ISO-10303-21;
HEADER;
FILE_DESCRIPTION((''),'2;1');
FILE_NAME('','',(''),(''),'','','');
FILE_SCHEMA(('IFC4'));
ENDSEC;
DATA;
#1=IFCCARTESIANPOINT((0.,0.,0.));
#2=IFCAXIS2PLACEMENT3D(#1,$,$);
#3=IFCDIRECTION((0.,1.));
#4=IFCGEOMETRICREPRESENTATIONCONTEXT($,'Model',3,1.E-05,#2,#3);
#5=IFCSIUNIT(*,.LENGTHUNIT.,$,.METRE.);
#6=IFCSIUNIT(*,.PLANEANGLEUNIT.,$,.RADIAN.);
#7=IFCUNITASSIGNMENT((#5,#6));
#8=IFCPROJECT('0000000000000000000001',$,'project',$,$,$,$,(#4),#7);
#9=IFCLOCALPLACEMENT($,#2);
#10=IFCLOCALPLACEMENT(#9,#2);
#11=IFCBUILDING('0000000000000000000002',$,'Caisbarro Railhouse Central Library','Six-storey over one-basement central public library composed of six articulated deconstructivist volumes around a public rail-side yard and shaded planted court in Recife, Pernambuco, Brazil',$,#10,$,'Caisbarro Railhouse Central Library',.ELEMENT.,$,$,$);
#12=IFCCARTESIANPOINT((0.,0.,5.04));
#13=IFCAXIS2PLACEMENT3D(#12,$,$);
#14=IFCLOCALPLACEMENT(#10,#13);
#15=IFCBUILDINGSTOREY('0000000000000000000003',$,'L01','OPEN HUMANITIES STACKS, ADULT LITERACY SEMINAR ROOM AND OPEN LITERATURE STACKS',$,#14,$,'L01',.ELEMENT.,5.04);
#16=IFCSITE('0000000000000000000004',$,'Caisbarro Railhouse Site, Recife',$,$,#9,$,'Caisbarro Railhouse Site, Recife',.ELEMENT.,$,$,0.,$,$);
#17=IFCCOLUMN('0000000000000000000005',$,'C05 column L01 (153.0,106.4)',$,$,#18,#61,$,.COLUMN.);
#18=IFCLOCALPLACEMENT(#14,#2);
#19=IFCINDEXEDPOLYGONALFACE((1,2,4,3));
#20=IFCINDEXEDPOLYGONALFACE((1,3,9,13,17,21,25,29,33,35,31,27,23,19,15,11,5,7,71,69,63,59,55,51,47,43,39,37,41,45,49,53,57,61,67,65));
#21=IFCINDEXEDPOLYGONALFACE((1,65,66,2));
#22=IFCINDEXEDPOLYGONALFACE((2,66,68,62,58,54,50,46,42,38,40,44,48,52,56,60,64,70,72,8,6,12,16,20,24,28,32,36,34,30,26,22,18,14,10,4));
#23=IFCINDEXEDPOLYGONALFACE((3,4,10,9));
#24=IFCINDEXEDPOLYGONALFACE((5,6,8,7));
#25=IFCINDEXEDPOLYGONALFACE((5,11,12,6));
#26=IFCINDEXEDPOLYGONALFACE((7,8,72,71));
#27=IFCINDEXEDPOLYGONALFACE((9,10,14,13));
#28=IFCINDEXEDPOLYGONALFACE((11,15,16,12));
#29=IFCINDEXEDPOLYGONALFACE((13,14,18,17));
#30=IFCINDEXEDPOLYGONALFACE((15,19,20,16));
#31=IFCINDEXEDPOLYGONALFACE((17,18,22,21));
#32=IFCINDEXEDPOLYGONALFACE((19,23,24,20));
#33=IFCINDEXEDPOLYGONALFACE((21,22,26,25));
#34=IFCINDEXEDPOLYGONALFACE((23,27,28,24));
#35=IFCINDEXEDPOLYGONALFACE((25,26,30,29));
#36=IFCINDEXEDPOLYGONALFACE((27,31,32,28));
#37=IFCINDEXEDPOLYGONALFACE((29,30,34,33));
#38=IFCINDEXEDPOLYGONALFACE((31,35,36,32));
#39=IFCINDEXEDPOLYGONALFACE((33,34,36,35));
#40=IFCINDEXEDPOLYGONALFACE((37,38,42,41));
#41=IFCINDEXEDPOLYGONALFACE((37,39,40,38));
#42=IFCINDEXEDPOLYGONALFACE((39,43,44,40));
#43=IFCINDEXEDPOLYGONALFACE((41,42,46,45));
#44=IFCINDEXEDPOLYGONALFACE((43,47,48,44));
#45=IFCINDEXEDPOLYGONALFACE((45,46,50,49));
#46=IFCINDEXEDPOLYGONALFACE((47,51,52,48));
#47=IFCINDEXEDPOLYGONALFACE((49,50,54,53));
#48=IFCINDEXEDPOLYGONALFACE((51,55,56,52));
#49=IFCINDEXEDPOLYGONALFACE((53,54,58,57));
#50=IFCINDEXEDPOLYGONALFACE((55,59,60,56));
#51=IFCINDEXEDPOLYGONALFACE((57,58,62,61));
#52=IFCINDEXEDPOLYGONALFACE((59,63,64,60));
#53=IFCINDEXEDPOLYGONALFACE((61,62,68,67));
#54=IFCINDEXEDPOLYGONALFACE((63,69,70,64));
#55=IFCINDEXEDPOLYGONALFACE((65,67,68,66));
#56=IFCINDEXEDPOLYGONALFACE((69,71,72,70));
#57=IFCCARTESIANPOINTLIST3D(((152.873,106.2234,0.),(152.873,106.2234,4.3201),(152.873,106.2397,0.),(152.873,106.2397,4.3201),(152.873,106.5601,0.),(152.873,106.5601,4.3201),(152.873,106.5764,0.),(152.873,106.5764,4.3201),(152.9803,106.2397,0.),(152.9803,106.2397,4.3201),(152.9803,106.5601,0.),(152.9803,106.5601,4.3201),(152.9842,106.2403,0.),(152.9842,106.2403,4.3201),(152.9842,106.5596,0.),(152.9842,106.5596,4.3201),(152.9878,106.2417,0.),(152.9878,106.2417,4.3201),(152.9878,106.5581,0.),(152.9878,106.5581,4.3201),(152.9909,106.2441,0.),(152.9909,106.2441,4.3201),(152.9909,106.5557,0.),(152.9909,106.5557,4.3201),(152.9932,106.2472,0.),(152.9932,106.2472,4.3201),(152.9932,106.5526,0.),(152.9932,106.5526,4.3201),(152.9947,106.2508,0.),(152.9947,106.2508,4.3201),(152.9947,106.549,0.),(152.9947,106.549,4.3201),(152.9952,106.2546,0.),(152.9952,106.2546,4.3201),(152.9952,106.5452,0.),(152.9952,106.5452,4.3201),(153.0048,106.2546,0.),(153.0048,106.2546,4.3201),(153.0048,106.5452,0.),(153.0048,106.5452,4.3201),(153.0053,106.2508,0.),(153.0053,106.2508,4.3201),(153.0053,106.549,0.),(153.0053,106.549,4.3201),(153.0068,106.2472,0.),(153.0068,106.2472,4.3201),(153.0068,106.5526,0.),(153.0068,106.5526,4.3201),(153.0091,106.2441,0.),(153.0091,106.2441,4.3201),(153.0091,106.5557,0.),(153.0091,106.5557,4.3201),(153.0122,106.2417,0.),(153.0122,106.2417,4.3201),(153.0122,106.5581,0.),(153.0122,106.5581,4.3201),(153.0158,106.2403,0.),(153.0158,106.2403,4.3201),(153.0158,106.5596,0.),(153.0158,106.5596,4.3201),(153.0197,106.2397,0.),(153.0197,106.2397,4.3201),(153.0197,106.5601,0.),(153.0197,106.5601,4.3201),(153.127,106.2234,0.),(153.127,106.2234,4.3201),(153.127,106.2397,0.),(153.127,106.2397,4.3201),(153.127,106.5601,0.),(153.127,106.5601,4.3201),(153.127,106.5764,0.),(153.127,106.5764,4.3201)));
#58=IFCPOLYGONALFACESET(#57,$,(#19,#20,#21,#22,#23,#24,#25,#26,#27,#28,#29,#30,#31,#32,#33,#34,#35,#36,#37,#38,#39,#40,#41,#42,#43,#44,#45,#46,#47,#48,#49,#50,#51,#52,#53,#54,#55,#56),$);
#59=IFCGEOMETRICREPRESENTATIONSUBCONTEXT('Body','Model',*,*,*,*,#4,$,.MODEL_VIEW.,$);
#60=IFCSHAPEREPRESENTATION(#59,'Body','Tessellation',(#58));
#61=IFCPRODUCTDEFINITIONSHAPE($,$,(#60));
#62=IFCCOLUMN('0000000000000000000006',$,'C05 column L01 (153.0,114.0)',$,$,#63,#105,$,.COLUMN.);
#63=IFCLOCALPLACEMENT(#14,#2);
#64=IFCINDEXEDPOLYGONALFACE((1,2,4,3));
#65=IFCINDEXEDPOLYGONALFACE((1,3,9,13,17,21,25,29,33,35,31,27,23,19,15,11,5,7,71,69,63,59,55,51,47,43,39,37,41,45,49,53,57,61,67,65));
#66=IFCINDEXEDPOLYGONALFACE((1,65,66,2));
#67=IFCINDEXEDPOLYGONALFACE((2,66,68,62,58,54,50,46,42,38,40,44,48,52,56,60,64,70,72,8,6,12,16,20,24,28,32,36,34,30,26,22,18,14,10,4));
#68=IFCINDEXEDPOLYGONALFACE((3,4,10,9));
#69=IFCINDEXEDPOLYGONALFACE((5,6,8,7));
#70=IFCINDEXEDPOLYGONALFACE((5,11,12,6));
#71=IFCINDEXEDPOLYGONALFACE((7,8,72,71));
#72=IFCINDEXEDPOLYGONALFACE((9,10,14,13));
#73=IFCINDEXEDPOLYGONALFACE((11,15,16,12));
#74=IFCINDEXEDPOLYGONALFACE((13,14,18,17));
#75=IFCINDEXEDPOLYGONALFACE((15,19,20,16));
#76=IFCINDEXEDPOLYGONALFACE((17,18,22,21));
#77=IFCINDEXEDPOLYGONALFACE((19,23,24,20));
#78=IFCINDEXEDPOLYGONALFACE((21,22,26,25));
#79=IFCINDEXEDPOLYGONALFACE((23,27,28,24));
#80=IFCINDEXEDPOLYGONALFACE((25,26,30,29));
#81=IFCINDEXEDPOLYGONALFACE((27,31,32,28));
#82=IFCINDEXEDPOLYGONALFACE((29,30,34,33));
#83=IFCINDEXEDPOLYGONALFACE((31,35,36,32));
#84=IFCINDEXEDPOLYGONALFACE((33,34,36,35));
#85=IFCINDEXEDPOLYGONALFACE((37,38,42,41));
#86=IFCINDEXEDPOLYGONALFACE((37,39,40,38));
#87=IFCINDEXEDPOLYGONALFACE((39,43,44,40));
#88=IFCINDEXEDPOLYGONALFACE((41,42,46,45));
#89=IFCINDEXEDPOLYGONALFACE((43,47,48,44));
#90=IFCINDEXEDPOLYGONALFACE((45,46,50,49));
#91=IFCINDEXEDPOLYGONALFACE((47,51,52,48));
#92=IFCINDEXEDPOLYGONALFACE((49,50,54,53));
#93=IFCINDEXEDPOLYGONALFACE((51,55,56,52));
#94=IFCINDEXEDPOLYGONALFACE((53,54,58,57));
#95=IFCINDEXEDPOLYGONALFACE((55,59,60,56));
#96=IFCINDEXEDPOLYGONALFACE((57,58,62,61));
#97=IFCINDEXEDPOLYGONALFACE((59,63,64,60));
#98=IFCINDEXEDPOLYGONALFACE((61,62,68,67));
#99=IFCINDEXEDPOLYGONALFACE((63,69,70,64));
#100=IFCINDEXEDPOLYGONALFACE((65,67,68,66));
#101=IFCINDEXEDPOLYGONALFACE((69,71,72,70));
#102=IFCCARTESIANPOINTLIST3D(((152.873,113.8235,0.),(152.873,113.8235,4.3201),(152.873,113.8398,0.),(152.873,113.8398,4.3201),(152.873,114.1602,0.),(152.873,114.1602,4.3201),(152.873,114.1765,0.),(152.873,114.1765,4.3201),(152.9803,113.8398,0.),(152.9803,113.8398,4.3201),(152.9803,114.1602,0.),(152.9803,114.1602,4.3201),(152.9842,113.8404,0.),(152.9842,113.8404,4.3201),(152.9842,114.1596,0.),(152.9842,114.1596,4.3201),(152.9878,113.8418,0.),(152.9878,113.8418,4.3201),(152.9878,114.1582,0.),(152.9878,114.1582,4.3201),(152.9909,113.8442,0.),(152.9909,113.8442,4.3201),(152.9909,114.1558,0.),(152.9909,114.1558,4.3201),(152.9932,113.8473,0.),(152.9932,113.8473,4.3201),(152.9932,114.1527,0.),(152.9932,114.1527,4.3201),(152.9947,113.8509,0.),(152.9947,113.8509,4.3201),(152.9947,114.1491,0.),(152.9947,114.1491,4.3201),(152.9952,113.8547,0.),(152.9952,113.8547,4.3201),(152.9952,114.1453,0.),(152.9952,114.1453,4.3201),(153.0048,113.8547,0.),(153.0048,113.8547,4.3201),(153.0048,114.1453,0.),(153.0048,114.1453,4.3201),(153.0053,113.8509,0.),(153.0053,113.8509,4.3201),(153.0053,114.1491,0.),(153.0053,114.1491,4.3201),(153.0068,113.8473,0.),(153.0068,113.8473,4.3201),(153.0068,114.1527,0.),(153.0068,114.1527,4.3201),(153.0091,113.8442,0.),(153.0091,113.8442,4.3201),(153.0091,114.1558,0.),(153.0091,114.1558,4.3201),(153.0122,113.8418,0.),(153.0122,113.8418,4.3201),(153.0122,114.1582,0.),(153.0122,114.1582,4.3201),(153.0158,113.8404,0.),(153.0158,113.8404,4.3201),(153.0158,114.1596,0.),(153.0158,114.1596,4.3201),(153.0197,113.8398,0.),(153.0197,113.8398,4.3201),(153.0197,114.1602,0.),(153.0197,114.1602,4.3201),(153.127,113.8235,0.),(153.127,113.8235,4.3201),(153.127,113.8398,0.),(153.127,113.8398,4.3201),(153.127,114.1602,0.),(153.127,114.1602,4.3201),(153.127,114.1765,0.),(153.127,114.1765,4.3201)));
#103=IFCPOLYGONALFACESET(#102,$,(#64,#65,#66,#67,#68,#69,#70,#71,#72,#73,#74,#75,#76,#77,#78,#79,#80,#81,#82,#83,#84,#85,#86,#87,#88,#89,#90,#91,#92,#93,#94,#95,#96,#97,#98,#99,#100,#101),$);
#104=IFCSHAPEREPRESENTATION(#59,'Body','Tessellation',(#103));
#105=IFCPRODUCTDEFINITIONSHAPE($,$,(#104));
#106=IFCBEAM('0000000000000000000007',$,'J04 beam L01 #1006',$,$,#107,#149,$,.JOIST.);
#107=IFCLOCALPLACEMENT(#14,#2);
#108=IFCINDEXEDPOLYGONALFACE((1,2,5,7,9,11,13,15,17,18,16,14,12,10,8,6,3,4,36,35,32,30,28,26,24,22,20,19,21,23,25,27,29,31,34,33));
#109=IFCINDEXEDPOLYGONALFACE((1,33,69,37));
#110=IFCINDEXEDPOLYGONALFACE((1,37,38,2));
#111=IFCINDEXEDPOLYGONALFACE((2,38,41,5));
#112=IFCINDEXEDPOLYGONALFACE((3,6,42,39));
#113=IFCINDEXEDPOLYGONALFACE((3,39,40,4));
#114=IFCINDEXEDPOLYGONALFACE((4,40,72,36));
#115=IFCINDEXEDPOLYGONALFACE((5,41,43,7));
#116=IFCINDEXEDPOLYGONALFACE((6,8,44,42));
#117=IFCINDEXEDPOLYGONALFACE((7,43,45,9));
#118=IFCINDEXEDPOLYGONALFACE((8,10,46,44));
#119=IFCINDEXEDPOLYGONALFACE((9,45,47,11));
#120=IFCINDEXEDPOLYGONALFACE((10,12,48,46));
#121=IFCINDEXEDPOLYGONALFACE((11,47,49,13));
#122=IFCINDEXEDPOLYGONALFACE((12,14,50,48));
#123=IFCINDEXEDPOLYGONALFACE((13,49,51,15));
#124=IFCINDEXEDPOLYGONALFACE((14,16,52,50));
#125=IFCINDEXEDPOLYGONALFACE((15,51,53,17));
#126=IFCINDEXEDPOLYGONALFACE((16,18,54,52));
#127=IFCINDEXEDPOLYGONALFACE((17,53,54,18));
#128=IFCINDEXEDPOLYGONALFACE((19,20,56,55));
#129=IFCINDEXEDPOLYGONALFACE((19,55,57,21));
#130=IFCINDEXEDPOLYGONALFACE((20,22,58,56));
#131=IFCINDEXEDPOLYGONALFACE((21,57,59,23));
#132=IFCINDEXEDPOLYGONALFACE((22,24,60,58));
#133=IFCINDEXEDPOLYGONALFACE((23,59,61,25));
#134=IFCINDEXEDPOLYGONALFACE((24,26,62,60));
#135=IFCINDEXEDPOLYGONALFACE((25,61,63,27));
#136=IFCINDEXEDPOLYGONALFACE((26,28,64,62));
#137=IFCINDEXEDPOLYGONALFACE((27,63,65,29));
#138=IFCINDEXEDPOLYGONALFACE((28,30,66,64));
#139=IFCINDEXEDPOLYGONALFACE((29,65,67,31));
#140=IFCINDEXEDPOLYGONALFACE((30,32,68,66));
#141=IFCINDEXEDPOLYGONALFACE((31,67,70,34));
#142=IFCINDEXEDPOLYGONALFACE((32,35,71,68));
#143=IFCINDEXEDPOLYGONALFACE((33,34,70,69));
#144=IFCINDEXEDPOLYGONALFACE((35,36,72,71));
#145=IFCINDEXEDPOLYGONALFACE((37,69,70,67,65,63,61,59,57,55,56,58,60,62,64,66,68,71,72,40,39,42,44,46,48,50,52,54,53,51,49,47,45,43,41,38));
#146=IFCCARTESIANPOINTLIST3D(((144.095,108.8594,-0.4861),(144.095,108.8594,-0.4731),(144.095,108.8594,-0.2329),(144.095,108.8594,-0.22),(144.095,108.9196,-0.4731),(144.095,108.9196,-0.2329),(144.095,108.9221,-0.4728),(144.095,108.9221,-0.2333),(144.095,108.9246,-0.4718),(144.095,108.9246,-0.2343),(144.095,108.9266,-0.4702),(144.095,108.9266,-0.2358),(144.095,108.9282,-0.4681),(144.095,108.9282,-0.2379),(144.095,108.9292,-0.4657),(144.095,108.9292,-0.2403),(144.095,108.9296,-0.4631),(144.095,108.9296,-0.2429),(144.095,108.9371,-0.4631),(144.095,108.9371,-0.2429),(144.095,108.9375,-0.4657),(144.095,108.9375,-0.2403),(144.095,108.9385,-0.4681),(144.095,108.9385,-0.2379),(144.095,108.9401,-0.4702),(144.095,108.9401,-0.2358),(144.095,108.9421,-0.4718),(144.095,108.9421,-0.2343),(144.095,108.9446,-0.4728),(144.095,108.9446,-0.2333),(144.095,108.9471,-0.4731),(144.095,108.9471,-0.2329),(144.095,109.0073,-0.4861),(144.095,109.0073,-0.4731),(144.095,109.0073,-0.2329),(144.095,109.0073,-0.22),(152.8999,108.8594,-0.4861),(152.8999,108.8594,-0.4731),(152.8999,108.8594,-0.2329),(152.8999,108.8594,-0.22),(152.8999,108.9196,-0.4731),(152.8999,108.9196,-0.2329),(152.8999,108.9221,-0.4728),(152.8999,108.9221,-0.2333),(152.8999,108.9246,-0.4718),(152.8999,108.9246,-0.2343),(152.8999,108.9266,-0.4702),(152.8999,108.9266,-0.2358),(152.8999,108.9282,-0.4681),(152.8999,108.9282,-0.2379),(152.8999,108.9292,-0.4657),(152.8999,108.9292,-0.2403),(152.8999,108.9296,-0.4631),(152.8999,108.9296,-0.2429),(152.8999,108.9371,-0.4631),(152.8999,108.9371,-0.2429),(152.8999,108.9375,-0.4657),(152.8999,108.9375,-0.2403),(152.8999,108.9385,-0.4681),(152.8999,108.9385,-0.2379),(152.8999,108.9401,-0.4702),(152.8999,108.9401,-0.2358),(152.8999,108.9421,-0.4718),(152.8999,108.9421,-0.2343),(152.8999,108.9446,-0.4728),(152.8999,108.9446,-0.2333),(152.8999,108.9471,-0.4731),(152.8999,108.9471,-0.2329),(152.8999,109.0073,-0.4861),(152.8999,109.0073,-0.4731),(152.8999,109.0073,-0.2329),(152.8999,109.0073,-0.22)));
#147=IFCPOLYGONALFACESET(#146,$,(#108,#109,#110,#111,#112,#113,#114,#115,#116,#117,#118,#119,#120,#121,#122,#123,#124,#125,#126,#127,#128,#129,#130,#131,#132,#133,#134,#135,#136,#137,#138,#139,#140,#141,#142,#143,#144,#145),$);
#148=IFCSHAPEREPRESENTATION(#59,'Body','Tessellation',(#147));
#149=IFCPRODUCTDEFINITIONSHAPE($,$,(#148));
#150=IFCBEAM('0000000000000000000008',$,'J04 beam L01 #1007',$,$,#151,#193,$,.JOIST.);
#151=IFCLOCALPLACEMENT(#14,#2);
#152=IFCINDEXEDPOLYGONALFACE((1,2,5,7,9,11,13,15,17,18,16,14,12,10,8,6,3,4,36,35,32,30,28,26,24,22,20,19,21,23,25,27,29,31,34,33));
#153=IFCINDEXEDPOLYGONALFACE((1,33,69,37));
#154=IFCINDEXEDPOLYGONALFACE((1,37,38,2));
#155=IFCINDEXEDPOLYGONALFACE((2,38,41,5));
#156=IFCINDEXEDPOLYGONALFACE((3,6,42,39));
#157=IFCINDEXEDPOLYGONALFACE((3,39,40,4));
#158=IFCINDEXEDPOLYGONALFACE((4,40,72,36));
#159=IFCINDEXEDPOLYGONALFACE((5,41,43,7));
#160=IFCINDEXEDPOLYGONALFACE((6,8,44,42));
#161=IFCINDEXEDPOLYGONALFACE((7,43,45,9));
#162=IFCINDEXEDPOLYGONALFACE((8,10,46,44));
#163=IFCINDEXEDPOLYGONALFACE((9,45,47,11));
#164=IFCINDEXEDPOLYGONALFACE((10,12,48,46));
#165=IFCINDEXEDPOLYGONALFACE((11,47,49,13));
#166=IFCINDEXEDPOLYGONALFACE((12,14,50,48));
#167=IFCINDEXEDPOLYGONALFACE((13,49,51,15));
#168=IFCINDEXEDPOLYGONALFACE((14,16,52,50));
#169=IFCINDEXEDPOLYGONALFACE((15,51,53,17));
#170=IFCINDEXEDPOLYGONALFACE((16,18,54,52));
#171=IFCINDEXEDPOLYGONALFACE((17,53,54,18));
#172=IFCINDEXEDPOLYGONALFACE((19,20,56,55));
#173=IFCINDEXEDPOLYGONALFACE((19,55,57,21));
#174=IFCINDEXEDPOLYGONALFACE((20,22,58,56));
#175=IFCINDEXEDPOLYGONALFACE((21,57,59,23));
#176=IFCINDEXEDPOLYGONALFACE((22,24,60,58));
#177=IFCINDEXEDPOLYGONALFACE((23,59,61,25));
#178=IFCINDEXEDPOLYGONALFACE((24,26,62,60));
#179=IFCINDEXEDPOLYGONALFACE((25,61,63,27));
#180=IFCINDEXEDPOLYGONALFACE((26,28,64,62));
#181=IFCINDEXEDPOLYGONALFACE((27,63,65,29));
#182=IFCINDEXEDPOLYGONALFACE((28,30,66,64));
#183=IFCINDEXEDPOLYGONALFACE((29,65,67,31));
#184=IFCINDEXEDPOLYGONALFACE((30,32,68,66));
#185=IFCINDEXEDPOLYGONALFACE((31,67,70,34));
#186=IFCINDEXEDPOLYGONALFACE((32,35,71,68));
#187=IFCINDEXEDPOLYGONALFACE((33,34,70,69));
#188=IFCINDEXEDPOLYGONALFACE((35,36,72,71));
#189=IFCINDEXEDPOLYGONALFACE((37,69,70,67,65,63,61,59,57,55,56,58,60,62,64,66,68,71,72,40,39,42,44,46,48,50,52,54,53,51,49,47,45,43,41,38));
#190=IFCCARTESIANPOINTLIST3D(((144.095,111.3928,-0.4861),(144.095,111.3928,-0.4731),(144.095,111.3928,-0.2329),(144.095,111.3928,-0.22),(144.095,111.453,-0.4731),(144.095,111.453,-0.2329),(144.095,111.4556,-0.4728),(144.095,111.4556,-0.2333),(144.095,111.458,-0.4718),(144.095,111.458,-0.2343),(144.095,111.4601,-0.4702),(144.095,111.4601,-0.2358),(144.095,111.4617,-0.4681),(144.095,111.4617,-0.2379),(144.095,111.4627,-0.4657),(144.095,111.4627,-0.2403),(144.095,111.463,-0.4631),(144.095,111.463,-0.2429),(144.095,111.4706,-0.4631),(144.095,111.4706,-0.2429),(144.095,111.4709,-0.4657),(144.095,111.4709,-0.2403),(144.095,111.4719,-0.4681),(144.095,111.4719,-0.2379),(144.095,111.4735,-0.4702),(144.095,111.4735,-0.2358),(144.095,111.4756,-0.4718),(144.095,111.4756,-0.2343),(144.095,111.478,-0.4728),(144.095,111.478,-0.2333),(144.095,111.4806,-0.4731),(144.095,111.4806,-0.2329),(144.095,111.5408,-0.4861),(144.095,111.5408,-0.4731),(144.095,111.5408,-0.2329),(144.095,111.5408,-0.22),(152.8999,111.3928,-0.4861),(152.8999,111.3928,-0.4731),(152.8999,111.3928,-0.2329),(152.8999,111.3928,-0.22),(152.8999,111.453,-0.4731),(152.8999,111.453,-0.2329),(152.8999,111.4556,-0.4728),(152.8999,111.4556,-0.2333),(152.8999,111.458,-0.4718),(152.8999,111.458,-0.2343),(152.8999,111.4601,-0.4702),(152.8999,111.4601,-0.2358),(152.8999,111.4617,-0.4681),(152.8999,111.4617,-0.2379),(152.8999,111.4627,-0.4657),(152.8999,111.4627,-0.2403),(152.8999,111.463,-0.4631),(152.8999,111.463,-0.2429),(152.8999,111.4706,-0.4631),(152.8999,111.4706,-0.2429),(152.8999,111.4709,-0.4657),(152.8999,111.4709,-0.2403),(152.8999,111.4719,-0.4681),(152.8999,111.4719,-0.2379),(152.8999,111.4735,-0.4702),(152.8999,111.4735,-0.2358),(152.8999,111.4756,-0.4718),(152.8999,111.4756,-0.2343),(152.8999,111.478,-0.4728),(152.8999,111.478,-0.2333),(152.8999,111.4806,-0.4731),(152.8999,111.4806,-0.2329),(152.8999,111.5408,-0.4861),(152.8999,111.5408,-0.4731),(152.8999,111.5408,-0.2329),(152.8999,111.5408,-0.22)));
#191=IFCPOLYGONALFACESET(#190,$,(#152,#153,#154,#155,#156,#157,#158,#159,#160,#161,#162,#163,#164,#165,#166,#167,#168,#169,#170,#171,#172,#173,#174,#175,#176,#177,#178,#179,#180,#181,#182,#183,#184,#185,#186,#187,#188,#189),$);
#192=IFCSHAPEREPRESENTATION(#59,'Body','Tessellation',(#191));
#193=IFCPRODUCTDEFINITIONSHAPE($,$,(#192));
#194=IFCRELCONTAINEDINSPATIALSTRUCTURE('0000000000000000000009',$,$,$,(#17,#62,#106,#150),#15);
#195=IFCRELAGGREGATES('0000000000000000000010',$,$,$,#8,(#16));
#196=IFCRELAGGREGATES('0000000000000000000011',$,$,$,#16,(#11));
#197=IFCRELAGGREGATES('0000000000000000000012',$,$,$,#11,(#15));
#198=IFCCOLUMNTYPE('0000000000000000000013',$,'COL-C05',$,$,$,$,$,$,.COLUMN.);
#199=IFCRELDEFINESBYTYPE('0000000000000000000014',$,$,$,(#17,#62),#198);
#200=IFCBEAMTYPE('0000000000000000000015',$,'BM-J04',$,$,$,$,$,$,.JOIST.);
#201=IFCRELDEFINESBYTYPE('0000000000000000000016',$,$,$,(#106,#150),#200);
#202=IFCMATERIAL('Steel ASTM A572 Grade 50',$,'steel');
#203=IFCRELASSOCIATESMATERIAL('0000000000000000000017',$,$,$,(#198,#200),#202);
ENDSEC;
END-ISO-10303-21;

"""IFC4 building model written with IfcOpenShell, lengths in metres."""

from ifc_helpers import new_model, si_unit, direction, frame, origin, origin_2d, place, context, subcontext, project, spatial, i_section, extrude, material, material_profile, profile_set, type_object, element, save


model = new_model("IFC4")

# Units and contexts
model_context = context("Model", 3, precision=1e-05, world=origin(), true_north=direction((0.0, 1.0)))
body_context = subcontext(model_context, "Body", "Model", "MODEL_VIEW")
ifc_project = project(units=[si_unit("LENGTHUNIT", "METRE"), si_unit("PLANEANGLEUNIT", "RADIAN")], contexts=[model_context])

# Site, building, storey
site_placement = place(None, origin())
site = spatial("IfcSite", under=ifc_project, at=site_placement, Name="Caisbarro Railhouse Site, Recife", LongName="Caisbarro Railhouse Site, Recife", CompositionType="ELEMENT", RefElevation=0.0)
building_placement = place(site_placement, origin())
building = spatial("IfcBuilding", under=site, at=building_placement, Name="Caisbarro Railhouse Central Library", Description="Six-storey over one-basement central public library composed of six articulated deconstructivist volumes around a public rail-side yard and shaded planted court in Recife, Pernambuco, Brazil", LongName="Caisbarro Railhouse Central Library", CompositionType="ELEMENT")
storey_placement = place(building_placement, frame((0.0, 0.0, 5.04)))
storey = spatial("IfcBuildingStorey", under=building, at=storey_placement, Name="L01", Description="OPEN HUMANITIES STACKS, ADULT LITERACY SEMINAR ROOM AND OPEN LITERATURE STACKS", LongName="L01", CompositionType="ELEMENT", Elevation=5.04)

# Columns
ifc_material_1 = material(Name="Steel ASTM A572 Grade 50", Category="steel")
ifc_material_profile_1 = material_profile(ifc_material_1, i_section(OverallWidth=0.2539, OverallDepth=0.353, WebThickness=0.0095, FlangeThickness=0.0164, FilletRadius=0.0149, at=origin_2d()), Name="W360X91.0")
ifc_profile_set_1 = profile_set([ifc_material_profile_1], Name="Steel ASTM A572 Grade 50")
column_type = type_object("IfcColumnType", Name="COL-C05", PredefinedType="COLUMN", material=ifc_profile_set_1)
for number, where, z_axis, x_axis, name in (
    (1, (153.0, 106.3999, 0.0), (0.0, 0.0, 1.0), (1.0, 0.0, 0.0), "C05 column L01 (153.0,106.4)"),
    (2, (153.0, 114.0, 0.0), (0.0, 0.0, 1.0), (1.0, 0.0, 0.0), "C05 column L01 (153.0,114.0)"),
):
    element("IfcColumn", number, at=place(storey_placement, frame(where, z_axis=z_axis, x_axis=x_axis)), inside=storey, type_object=column_type, Name=name, PredefinedType="COLUMN", context=body_context, shape_type="SweptSolid", body=[
        extrude(i_section(OverallWidth=0.2539, OverallDepth=0.353, WebThickness=0.0095, FlangeThickness=0.0164, FilletRadius=0.0149, at=origin_2d()), origin(), (0.0, 0.0, 1.0), 4.3201),
    ])

# Beams
ifc_material_profile_2 = material_profile(ifc_material_1, i_section(OverallWidth=0.1479, OverallDepth=0.2661, WebThickness=0.0076, FlangeThickness=0.0129, FilletRadius=0.01, at=origin_2d()), Name="W250X44.8")
ifc_profile_set_2 = profile_set([ifc_material_profile_2], Name="Steel ASTM A572 Grade 50")
beam_type_1 = type_object("IfcBeamType", Name="BM-J04", PredefinedType="JOIST", material=ifc_profile_set_2)
for number, where, z_axis, x_axis, name in (
    (3, (144.095, 108.9333, -0.353), (1.0, 0.0, 0.0), (0.0, 1.0, 0.0), "J04 beam L01 #1006"),
    (4, (144.095, 111.4668, -0.353), (1.0, 0.0, 0.0), (0.0, 1.0, 0.0), "J04 beam L01 #1007"),
):
    element("IfcBeam", number, at=place(storey_placement, frame(where, z_axis=z_axis, x_axis=x_axis)), inside=storey, type_object=beam_type_1, Name=name, PredefinedType="JOIST", context=body_context, shape_type="SweptSolid", body=[
        extrude(i_section(OverallWidth=0.1479, OverallDepth=0.2661, WebThickness=0.0076, FlangeThickness=0.0129, FilletRadius=0.01, at=origin_2d()), origin(), (0.0, 0.0, 1.0), 8.8049),
    ])

save(model, "model.ifc")
